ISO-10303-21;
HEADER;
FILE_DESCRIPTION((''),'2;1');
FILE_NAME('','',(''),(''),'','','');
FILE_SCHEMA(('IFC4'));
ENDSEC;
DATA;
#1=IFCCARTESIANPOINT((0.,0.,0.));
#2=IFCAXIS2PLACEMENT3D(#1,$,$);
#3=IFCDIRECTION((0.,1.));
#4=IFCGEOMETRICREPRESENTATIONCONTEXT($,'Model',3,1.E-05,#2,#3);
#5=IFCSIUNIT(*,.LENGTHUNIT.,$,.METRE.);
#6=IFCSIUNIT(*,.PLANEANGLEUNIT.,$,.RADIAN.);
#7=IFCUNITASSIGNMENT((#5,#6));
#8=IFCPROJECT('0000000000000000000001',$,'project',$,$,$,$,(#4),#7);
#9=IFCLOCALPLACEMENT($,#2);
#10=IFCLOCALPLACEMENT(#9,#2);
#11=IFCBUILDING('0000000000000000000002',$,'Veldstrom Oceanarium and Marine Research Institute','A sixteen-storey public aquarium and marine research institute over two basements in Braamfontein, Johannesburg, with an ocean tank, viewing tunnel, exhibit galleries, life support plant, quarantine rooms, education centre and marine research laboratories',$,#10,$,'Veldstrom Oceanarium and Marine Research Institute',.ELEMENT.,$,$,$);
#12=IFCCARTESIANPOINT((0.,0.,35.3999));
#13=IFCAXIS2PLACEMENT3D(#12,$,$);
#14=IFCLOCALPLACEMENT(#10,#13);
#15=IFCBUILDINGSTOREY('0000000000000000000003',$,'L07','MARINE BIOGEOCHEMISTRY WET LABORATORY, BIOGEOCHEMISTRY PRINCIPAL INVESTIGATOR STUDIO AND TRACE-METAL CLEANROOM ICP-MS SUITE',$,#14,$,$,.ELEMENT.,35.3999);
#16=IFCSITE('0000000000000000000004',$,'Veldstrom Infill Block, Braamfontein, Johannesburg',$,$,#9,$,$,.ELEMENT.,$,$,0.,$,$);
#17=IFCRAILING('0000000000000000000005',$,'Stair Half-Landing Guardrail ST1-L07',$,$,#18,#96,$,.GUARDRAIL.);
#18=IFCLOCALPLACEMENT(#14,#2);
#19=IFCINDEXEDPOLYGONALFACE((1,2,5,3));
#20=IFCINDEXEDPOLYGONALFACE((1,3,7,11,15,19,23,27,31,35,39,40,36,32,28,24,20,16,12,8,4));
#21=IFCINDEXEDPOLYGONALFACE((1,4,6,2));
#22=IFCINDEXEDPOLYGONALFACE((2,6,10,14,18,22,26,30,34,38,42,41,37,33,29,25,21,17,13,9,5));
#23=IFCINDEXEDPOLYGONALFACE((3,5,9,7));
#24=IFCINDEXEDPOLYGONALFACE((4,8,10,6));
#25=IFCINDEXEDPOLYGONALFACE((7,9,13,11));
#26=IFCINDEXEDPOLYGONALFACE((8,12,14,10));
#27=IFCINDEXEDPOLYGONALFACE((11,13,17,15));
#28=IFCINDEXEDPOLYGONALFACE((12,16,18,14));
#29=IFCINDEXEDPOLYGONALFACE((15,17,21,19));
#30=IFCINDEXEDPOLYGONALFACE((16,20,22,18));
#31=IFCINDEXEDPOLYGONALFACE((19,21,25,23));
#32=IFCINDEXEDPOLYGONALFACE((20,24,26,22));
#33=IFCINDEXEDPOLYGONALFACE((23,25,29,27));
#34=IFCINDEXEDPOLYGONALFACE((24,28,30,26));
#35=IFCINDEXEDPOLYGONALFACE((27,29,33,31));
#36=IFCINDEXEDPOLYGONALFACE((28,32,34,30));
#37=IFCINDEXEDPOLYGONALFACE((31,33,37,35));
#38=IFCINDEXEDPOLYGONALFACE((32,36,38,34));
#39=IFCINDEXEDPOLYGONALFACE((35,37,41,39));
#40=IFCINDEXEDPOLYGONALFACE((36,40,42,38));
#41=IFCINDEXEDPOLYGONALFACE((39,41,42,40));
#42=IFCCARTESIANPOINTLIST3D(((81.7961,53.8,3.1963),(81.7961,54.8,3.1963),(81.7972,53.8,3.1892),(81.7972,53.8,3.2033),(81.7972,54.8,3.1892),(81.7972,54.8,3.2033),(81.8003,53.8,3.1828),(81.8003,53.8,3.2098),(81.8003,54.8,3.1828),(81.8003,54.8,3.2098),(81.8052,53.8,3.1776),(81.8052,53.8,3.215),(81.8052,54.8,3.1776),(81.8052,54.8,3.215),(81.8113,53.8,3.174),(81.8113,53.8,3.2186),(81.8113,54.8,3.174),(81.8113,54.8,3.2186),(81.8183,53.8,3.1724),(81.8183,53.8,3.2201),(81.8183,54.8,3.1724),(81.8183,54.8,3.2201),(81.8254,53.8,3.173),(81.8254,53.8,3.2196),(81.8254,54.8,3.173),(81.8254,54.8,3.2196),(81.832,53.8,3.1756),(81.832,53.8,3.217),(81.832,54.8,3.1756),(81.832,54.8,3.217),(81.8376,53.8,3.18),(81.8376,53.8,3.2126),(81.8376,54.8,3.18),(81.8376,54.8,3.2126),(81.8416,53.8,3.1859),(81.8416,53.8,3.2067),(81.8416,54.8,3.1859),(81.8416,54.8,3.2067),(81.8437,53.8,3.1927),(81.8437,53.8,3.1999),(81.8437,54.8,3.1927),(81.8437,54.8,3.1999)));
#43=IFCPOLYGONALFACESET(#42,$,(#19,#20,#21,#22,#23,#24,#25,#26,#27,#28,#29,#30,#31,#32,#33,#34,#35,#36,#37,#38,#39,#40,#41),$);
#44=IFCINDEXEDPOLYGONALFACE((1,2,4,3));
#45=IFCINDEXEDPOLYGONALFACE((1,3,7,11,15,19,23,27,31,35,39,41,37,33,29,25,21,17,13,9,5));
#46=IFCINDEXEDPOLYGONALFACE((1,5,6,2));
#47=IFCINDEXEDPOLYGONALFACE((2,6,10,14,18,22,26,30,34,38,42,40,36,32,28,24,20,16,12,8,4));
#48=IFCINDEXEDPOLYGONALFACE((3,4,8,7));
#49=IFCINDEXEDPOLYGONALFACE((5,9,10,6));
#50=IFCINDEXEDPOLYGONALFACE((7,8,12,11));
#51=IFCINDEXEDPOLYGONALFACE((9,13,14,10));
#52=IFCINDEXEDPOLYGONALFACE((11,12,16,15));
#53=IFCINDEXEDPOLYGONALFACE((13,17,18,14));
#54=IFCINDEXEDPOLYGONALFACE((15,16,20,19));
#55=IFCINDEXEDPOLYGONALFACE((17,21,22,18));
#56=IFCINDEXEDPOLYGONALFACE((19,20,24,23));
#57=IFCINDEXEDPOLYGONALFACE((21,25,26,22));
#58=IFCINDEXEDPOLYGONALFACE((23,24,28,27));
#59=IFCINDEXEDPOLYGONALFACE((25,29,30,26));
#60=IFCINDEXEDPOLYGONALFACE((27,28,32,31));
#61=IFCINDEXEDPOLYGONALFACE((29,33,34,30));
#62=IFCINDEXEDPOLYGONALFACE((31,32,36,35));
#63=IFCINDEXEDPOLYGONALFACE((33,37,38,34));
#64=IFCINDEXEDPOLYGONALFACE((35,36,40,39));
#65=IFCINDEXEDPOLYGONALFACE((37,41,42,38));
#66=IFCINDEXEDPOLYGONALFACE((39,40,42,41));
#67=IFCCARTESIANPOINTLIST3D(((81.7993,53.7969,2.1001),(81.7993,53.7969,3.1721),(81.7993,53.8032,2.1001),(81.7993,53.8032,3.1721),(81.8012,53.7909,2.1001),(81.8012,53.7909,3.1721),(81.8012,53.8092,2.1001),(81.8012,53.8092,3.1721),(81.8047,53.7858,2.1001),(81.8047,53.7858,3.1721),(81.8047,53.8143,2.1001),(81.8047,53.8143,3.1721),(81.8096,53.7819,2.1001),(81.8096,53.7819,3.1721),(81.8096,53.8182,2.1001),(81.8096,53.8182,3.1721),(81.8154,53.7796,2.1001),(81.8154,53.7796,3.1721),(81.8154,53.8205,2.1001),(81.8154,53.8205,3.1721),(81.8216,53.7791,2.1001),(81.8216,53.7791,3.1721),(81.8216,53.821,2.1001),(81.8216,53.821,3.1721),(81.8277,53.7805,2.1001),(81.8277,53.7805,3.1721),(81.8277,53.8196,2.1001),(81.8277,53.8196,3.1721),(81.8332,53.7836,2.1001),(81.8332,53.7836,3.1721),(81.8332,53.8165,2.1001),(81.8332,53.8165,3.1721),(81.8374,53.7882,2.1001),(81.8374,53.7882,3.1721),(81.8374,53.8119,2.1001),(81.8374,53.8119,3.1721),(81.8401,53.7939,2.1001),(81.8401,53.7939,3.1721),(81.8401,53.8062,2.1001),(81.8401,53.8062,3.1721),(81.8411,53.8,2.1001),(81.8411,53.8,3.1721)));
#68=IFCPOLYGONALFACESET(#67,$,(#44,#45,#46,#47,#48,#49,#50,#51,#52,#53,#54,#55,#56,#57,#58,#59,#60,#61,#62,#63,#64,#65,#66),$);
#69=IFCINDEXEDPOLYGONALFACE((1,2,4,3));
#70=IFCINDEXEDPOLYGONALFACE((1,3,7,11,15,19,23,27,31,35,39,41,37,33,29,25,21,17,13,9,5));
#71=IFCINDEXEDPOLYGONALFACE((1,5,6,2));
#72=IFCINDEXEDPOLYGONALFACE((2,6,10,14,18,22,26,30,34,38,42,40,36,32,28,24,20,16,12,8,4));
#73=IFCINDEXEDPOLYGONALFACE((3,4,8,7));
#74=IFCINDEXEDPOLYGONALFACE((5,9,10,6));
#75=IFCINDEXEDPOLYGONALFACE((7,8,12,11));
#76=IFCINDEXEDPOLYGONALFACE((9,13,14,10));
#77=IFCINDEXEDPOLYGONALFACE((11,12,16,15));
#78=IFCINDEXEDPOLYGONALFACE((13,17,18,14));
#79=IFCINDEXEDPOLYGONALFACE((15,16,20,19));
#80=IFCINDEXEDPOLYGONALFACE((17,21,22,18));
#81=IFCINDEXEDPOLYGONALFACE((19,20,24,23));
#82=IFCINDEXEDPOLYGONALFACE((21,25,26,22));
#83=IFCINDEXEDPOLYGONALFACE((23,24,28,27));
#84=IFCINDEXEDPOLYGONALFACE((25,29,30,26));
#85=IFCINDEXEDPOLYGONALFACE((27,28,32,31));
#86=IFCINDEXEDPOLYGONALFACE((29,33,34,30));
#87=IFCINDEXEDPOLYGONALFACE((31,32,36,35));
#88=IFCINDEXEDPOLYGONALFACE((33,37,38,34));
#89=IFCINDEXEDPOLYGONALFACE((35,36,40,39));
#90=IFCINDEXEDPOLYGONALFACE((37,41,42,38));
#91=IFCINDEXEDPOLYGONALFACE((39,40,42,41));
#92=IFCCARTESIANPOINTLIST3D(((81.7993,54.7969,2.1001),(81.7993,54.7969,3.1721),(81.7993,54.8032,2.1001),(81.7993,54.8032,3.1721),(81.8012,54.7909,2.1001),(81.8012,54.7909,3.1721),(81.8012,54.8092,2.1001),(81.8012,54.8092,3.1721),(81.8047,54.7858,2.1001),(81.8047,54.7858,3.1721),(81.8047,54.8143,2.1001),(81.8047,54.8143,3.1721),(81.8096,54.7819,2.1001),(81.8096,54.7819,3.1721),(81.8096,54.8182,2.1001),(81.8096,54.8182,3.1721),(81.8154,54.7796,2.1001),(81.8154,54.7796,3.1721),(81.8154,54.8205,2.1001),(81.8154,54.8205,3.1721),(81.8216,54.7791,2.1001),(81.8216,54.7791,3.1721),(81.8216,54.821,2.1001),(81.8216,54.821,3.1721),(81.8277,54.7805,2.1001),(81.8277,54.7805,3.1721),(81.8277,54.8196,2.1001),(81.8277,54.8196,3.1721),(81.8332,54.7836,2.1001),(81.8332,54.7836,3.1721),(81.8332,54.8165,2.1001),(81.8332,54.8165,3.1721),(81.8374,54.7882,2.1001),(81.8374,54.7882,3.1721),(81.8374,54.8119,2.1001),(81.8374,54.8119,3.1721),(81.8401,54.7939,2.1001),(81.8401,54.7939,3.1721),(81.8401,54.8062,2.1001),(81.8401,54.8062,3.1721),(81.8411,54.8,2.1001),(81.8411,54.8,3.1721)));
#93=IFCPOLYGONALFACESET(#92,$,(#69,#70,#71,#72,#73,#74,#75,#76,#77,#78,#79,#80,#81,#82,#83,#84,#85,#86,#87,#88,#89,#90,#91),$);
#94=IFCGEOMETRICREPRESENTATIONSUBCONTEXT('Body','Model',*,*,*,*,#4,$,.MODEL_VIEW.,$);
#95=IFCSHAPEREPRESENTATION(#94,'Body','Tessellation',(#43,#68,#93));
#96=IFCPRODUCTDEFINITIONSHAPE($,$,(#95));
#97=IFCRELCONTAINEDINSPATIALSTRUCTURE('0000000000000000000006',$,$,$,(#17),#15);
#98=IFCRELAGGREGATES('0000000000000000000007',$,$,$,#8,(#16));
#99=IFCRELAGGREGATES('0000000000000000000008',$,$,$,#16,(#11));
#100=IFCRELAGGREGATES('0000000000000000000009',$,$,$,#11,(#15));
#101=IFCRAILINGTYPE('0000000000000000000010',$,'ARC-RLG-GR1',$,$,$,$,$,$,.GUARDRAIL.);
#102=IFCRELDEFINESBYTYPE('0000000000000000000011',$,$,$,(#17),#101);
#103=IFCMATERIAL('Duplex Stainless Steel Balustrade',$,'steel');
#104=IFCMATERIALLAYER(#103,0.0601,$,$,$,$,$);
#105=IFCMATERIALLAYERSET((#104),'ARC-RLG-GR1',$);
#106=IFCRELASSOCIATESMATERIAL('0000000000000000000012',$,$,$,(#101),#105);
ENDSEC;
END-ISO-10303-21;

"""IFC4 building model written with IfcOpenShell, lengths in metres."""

from ifc_helpers import new_model, si_unit, direction, frame, origin, origin_2d, place, context, subcontext, project, spatial, circle, extrude, material, layer, layer_set, type_object, element, save


model = new_model("IFC4")

# Units and contexts
model_context = context("Model", 3, precision=1e-05, world=origin(), true_north=direction((0.0, 1.0)))
body_context = subcontext(model_context, "Body", "Model", "MODEL_VIEW")
ifc_project = project(units=[si_unit("LENGTHUNIT", "METRE"), si_unit("PLANEANGLEUNIT", "RADIAN")], contexts=[model_context])

# Site, building, storey
site_placement = place(None, origin())
site = spatial("IfcSite", under=ifc_project, at=site_placement, Name="Veldstrom Infill Block, Braamfontein, Johannesburg", CompositionType="ELEMENT", RefElevation=0.0)
building_placement = place(site_placement, origin())
building = spatial("IfcBuilding", under=site, at=building_placement, Name="Veldstrom Oceanarium and Marine Research Institute", Description="A sixteen-storey public aquarium and marine research institute over two basements in Braamfontein, Johannesburg, with an ocean tank, viewing tunnel, exhibit galleries, life support plant, quarantine rooms, education centre and marine research laboratories", LongName="Veldstrom Oceanarium and Marine Research Institute", CompositionType="ELEMENT")
storey_placement = place(building_placement, frame((0.0, 0.0, 35.3999)))
storey = spatial("IfcBuildingStorey", under=building, at=storey_placement, Name="L07", Description="MARINE BIOGEOCHEMISTRY WET LABORATORY, BIOGEOCHEMISTRY PRINCIPAL INVESTIGATOR STUDIO AND TRACE-METAL CLEANROOM ICP-MS SUITE", CompositionType="ELEMENT", Elevation=35.3999)

# Railing
ifc_material_1 = material(Name="Duplex Stainless Steel Balustrade", Category="steel")
ifc_layer_1 = layer(ifc_material_1, 0.0601)
ifc_layer_set_1 = layer_set([ifc_layer_1], Name="ARC-RLG-GR1")
railing_type_1 = type_object("IfcRailingType", Name="ARC-RLG-GR1", PredefinedType="GUARDRAIL", material=ifc_layer_set_1)
railing_1_placement = place(storey_placement, frame((81.8201, 53.8, 2.1001)))
element("IfcRailing", 1, at=railing_1_placement, inside=storey, type_object=railing_type_1, Name="Stair Half-Landing Guardrail ST1-L07", PredefinedType="GUARDRAIL", context=body_context, shape_type="SweptSolid", body=[
    extrude(circle(Radius=0.0239, at=origin_2d()), frame((0.0, 0.0, 1.0962), z_axis=(0.0, 1.0, 0.0), x_axis=(-1.0, 0.0, 0.0)), (0.0, 0.0, 1.0), 1.0),
    extrude(circle(Radius=0.021, at=origin_2d()), origin(), (0.0, 0.0, 1.0), 1.072),
    extrude(circle(Radius=0.021, at=origin_2d()), frame((0.0, 1.0, 0.0)), (0.0, 0.0, 1.0), 1.072),
])

save(model, "model.ifc")
